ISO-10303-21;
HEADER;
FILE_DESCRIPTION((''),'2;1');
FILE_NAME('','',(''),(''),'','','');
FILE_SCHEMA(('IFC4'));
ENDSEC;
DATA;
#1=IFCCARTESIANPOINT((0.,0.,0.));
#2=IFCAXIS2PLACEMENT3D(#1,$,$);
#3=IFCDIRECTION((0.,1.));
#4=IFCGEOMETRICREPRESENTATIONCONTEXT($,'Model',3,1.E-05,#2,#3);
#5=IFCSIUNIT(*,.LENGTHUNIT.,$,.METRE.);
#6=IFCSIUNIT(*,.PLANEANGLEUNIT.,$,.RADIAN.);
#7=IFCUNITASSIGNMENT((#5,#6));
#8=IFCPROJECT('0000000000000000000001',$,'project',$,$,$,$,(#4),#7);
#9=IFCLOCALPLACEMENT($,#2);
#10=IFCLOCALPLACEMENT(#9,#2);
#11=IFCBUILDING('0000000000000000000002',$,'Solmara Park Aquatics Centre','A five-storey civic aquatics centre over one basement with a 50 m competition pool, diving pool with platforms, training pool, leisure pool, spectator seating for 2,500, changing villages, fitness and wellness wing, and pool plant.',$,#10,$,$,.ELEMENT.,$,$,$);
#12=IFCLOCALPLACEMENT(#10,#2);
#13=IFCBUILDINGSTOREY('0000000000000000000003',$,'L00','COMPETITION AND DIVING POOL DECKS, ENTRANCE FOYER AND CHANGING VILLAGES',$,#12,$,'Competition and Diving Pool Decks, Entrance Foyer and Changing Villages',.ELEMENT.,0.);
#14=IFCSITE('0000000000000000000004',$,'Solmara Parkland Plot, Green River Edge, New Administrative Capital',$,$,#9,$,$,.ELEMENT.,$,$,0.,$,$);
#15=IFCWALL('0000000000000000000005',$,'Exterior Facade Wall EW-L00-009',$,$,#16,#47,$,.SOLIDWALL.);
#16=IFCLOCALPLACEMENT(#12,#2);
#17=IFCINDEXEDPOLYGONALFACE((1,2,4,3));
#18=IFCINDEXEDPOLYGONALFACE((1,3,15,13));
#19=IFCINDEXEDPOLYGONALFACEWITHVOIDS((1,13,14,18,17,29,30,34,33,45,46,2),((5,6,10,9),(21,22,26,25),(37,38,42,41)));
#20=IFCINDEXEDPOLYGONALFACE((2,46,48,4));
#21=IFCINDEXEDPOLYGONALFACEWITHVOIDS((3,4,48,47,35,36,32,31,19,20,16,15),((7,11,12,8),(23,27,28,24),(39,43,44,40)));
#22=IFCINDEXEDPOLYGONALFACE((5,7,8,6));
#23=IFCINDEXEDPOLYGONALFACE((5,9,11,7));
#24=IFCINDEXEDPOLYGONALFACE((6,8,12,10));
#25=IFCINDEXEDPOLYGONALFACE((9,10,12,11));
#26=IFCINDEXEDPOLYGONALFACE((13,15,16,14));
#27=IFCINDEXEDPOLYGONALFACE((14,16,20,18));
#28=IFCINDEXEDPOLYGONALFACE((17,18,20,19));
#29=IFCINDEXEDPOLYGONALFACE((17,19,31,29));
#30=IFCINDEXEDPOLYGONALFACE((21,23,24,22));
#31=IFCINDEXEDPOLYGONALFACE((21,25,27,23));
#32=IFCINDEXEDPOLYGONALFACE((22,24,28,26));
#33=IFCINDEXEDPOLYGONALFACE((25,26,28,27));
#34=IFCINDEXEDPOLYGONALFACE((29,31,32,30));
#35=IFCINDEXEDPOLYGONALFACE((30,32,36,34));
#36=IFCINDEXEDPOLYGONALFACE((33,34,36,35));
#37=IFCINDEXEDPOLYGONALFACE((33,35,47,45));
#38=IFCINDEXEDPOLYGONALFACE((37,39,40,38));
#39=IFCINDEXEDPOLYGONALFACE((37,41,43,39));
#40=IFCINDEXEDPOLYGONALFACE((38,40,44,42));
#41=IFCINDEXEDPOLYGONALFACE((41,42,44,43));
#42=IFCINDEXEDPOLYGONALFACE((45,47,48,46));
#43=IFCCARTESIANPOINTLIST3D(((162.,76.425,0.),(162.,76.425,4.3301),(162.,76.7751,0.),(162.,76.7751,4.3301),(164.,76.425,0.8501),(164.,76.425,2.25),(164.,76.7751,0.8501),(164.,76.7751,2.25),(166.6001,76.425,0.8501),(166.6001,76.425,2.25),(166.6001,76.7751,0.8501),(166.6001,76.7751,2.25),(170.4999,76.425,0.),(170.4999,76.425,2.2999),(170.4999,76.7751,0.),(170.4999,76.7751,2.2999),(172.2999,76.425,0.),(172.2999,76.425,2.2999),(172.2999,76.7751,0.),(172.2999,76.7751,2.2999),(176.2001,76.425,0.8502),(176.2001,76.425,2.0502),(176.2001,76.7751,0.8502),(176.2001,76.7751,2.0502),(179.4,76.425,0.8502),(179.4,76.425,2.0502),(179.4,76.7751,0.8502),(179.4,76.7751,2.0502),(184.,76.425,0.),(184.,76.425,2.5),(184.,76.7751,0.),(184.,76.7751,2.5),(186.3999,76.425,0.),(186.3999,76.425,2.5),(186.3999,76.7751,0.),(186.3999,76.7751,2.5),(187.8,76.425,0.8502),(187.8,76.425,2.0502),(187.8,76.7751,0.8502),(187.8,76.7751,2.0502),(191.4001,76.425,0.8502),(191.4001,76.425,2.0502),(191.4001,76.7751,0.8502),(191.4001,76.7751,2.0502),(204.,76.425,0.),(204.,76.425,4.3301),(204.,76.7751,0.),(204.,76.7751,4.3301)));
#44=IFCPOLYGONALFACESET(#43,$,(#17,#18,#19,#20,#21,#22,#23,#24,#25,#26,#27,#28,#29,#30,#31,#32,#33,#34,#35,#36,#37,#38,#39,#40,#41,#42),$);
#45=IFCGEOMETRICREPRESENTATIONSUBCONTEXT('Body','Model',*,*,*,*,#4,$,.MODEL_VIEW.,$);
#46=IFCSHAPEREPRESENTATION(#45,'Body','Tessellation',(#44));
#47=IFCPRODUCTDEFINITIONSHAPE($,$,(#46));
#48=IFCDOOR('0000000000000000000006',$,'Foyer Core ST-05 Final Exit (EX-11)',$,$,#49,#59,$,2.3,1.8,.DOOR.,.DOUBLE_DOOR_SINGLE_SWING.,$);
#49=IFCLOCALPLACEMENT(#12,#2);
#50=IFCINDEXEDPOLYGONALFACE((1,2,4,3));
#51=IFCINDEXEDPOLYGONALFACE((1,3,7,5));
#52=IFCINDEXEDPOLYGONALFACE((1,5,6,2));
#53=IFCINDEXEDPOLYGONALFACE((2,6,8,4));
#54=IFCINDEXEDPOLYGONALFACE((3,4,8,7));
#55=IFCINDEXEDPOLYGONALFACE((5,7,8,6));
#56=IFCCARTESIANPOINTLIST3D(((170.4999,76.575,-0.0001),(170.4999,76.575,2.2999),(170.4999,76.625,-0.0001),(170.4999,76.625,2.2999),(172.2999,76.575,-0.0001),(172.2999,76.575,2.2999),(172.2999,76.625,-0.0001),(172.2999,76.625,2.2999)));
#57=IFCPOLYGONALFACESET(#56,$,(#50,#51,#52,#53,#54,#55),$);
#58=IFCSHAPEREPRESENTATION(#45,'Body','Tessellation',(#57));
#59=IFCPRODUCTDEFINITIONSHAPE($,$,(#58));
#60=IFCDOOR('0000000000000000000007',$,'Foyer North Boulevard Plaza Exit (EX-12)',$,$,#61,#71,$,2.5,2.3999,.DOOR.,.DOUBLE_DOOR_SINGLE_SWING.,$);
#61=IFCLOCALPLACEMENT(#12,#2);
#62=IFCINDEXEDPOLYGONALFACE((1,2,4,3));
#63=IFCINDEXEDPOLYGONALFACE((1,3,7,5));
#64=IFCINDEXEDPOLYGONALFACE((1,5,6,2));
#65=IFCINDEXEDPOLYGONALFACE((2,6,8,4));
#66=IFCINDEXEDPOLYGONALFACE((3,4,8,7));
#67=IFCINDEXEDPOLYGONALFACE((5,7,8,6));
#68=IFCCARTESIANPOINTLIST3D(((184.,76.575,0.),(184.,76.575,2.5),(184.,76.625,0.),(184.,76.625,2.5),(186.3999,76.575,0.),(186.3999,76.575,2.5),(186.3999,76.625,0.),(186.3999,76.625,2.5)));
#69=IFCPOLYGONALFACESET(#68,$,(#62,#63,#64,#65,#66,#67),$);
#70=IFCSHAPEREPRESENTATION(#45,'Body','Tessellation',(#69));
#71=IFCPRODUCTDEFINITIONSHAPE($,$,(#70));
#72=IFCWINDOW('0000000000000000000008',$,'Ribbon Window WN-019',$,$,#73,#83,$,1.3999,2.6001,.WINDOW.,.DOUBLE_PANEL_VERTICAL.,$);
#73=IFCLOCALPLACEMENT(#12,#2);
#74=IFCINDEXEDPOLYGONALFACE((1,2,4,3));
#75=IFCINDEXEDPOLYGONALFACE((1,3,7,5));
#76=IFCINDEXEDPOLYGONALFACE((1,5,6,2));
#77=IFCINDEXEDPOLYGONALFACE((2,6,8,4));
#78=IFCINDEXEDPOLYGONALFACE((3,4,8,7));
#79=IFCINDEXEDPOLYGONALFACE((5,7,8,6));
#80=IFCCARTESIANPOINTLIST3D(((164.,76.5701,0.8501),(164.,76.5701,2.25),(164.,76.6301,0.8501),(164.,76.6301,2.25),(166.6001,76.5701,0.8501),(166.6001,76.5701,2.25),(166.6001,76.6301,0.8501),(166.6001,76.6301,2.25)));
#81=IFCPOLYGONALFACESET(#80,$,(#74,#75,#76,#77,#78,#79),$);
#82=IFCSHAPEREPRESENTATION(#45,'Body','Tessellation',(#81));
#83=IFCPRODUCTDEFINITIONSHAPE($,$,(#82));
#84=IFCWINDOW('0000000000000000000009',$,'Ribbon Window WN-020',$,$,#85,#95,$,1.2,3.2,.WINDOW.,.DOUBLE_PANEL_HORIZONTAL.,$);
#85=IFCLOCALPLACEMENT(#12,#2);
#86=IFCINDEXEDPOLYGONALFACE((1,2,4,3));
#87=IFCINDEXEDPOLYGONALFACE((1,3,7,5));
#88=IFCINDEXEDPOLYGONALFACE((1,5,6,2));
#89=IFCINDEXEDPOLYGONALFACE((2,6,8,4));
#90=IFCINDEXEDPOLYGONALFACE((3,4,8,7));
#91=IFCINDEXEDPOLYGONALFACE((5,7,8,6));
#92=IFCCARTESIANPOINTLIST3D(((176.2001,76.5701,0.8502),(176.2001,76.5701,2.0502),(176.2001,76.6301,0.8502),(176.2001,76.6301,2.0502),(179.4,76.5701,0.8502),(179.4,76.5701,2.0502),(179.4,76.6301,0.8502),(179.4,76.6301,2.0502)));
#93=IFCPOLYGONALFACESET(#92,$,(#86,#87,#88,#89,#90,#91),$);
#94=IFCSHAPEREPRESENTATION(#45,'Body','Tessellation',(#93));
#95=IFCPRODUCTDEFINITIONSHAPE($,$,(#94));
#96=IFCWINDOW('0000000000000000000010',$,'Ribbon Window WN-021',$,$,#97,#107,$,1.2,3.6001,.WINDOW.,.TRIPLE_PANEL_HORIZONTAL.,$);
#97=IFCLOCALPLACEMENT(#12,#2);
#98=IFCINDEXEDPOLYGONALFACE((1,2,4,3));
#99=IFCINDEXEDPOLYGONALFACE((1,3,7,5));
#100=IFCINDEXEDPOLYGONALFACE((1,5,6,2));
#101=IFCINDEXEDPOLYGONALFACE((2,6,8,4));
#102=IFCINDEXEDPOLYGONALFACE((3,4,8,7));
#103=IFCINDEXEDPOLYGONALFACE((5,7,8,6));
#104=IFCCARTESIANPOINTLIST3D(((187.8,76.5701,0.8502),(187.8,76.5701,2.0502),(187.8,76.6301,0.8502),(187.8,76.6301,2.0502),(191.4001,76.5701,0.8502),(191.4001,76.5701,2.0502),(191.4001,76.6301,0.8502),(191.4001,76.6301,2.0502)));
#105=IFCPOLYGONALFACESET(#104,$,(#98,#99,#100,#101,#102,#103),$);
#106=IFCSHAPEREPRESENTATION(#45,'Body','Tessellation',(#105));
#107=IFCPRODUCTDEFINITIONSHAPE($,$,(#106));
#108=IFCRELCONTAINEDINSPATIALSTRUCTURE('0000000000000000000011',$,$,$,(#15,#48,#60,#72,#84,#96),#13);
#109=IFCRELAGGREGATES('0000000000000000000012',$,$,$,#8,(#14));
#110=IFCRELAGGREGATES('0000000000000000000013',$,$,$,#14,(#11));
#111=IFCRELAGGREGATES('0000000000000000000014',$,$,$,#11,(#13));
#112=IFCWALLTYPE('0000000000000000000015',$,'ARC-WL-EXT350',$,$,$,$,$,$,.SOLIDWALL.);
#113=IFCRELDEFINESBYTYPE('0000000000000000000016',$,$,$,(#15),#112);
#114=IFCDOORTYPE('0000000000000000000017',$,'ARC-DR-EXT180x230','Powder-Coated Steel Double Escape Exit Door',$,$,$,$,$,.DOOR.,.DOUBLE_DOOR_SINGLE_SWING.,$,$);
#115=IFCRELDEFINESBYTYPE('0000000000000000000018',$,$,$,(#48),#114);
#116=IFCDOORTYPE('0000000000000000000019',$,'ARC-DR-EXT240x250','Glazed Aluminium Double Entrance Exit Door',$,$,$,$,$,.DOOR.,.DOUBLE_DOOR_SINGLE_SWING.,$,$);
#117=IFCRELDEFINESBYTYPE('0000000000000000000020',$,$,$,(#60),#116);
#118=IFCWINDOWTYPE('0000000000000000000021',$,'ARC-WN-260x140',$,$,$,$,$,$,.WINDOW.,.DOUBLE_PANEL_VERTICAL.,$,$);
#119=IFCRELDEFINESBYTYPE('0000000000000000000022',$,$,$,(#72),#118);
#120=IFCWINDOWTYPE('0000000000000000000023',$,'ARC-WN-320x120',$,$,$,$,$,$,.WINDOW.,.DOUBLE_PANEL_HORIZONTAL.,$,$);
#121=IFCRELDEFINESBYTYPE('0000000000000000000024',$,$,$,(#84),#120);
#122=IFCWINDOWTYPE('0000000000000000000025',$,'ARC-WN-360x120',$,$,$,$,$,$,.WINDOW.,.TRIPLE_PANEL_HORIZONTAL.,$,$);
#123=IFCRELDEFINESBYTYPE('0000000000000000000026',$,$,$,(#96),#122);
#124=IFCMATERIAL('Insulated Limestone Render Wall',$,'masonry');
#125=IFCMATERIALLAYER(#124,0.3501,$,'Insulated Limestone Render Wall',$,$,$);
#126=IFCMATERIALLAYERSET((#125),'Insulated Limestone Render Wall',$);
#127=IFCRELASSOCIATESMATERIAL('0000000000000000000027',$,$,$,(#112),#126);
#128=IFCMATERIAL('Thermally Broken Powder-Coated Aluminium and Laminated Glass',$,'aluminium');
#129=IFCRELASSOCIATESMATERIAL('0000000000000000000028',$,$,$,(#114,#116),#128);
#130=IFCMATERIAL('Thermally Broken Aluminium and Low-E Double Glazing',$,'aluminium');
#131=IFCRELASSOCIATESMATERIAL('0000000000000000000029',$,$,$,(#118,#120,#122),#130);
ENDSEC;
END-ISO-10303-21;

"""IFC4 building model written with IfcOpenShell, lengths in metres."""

from ifc_helpers import new_model, si_unit, direction, frame, frame_2d, origin, place, context, subcontext, project, spatial, rectangle, extrude, material, layer, layer_set, type_object, element, fill, save


model = new_model("IFC4")

# Units and contexts
model_context = context("Model", 3, precision=1e-05, world=origin(), true_north=direction((0.0, 1.0)))
body_context = subcontext(model_context, "Body", "Model", "MODEL_VIEW")
ifc_project = project(units=[si_unit("LENGTHUNIT", "METRE"), si_unit("PLANEANGLEUNIT", "RADIAN")], contexts=[model_context])

# Site, building, storey
site_placement = place(None, origin())
site = spatial("IfcSite", under=ifc_project, at=site_placement, Name="Solmara Parkland Plot, Green River Edge, New Administrative Capital", CompositionType="ELEMENT", RefElevation=0.0)
building_placement = place(site_placement, origin())
building = spatial("IfcBuilding", under=site, at=building_placement, Name="Solmara Park Aquatics Centre", Description="A five-storey civic aquatics centre over one basement with a 50 m competition pool, diving pool with platforms, training pool, leisure pool, spectator seating for 2,500, changing villages, fitness and wellness wing, and pool plant.", CompositionType="ELEMENT")
storey_placement = place(building_placement, origin())
storey = spatial("IfcBuildingStorey", under=building, at=storey_placement, Name="L00", Description="COMPETITION AND DIVING POOL DECKS, ENTRANCE FOYER AND CHANGING VILLAGES", LongName="Competition and Diving Pool Decks, Entrance Foyer and Changing Villages", CompositionType="ELEMENT", Elevation=0.0)

# Wall, openings, doors, windows
ifc_material_1 = material(Name="Insulated Limestone Render Wall", Category="masonry")
ifc_layer_1 = layer(ifc_material_1, 0.3501, Name="Insulated Limestone Render Wall")
ifc_layer_set_1 = layer_set([ifc_layer_1], Name="Insulated Limestone Render Wall")
wall_type = type_object("IfcWallType", Name="ARC-WL-EXT350", PredefinedType="SOLIDWALL", material=ifc_layer_set_1)
wall_placement = place(storey_placement, frame((162.0, 76.6001, 0.0), z_axis=(0.0, 0.0, 1.0), x_axis=(1.0, 0.0, 0.0)))
wall = element("IfcWall", 1, at=wall_placement, inside=storey, type_object=wall_type, Name="Exterior Facade Wall EW-L00-009", PredefinedType="SOLIDWALL", context=body_context, shape_type="SweptSolid", body=[
    extrude(rectangle(XDim=42.0, YDim=0.3501, at=frame_2d((21.0, 0.0))), origin(), (0.0, 0.0, 1.0), 4.3301),
])
opening_1_placement = place(wall_placement, frame((8.5, 0.0, 0.0)))
opening_1 = element("IfcOpeningElement", 2, at=opening_1_placement, cuts=wall, PredefinedType="OPENING", context=body_context, shape_type="SweptSolid", body=[
    extrude(rectangle(XDim=1.8, YDim=2.3, at=frame_2d((0.8999, 1.1499))), frame((0.0, 0.1851, 0.0), z_axis=(0.0, -1.0, 0.0), x_axis=(1.0, 0.0, 0.0)), (0.0, 0.0, 1.0), 0.3701),
])
opening_2_placement = place(wall_placement, frame((22.0, 0.0, 0.0)))
opening_2 = element("IfcOpeningElement", 3, at=opening_2_placement, cuts=wall, PredefinedType="OPENING", context=body_context, shape_type="SweptSolid", body=[
    extrude(rectangle(XDim=2.3999, YDim=2.5, at=frame_2d((1.2, 1.25))), frame((0.0, 0.1851, 0.0), z_axis=(0.0, -1.0, 0.0), x_axis=(1.0, 0.0, 0.0)), (0.0, 0.0, 1.0), 0.3701),
])
opening_3_placement = place(wall_placement, frame((2.0, 0.0, 0.8501)))
opening_3 = element("IfcOpeningElement", 4, at=opening_3_placement, cuts=wall, PredefinedType="OPENING", context=body_context, shape_type="SweptSolid", body=[
    extrude(rectangle(XDim=2.6001, YDim=1.3999, at=frame_2d((1.3, 0.7))), frame((0.0, 0.1851, 0.0), z_axis=(0.0, -1.0, 0.0), x_axis=(1.0, 0.0, 0.0)), (0.0, 0.0, 1.0), 0.3701),
])
opening_4_placement = place(wall_placement, frame((14.2, 0.0, 0.8501)))
opening_4 = element("IfcOpeningElement", 5, at=opening_4_placement, cuts=wall, PredefinedType="OPENING", context=body_context, shape_type="SweptSolid", body=[
    extrude(rectangle(XDim=3.2, YDim=1.2, at=frame_2d((1.6001, 0.6001))), frame((0.0, 0.1851, 0.0), z_axis=(0.0, -1.0, 0.0), x_axis=(1.0, 0.0, 0.0)), (0.0, 0.0, 1.0), 0.3701),
])
opening_5_placement = place(wall_placement, frame((25.8, 0.0, 0.8501)))
opening_5 = element("IfcOpeningElement", 6, at=opening_5_placement, cuts=wall, PredefinedType="OPENING", context=body_context, shape_type="SweptSolid", body=[
    extrude(rectangle(XDim=3.6001, YDim=1.2, at=frame_2d((1.8, 0.6001))), frame((0.0, 0.1851, 0.0), z_axis=(0.0, -1.0, 0.0), x_axis=(1.0, 0.0, 0.0)), (0.0, 0.0, 1.0), 0.3701),
])
ifc_material_2 = material(Name="Thermally Broken Powder-Coated Aluminium and Laminated Glass", Category="aluminium")
door_type_1 = type_object("IfcDoorType", Name="ARC-DR-EXT180x230", Description="Powder-Coated Steel Double Escape Exit Door", OperationType="DOUBLE_DOOR_SINGLE_SWING", PredefinedType="DOOR", material=ifc_material_2)
door_1_placement = place(opening_1_placement, origin())
door_1 = element("IfcDoor", 7, at=door_1_placement, inside=storey, type_object=door_type_1, Name="Foyer Core ST-05 Final Exit (EX-11)", OperationType="DOUBLE_DOOR_SINGLE_SWING", OverallHeight=2.3, OverallWidth=1.8, PredefinedType="DOOR", context=body_context, shape_type="SweptSolid", body=[
    extrude(rectangle(XDim=1.8, YDim=2.3, at=frame_2d((0.8999, 1.1499))), frame((0.0, 0.0249, 0.0), z_axis=(0.0, -1.0, 0.0), x_axis=(1.0, 0.0, 0.0)), (0.0, 0.0, 1.0), 0.05),
])
fill(opening_1, door_1)
door_type_2 = type_object("IfcDoorType", Name="ARC-DR-EXT240x250", Description="Glazed Aluminium Double Entrance Exit Door", OperationType="DOUBLE_DOOR_SINGLE_SWING", PredefinedType="DOOR", material=ifc_material_2)
door_2_placement = place(opening_2_placement, origin())
door_2 = element("IfcDoor", 8, at=door_2_placement, inside=storey, type_object=door_type_2, Name="Foyer North Boulevard Plaza Exit (EX-12)", OperationType="DOUBLE_DOOR_SINGLE_SWING", OverallHeight=2.5, OverallWidth=2.3999, PredefinedType="DOOR", context=body_context, shape_type="SweptSolid", body=[
    extrude(rectangle(XDim=2.3999, YDim=2.5, at=frame_2d((1.2, 1.25))), frame((0.0, 0.0249, 0.0), z_axis=(0.0, -1.0, 0.0), x_axis=(1.0, 0.0, 0.0)), (0.0, 0.0, 1.0), 0.05),
])
fill(opening_2, door_2)
ifc_material_3 = material(Name="Thermally Broken Aluminium and Low-E Double Glazing", Category="aluminium")
window_type_1 = type_object("IfcWindowType", Name="ARC-WN-260x140", PartitioningType="DOUBLE_PANEL_VERTICAL", PredefinedType="WINDOW", material=ifc_material_3)
window_1_placement = place(opening_3_placement, origin())
window_1 = element("IfcWindow", 9, at=window_1_placement, inside=storey, type_object=window_type_1, Name="Ribbon Window WN-019", OverallHeight=1.3999, OverallWidth=2.6001, PartitioningType="DOUBLE_PANEL_VERTICAL", PredefinedType="WINDOW", context=body_context, shape_type="SweptSolid", body=[
    extrude(rectangle(XDim=2.6001, YDim=1.3999, at=frame_2d((1.3, 0.7))), frame((0.0, 0.03, 0.0), z_axis=(0.0, -1.0, 0.0), x_axis=(1.0, 0.0, 0.0)), (0.0, 0.0, 1.0), 0.0601),
])
fill(opening_3, window_1)
window_type_2 = type_object("IfcWindowType", Name="ARC-WN-320x120", PartitioningType="DOUBLE_PANEL_HORIZONTAL", PredefinedType="WINDOW", material=ifc_material_3)
window_2_placement = place(opening_4_placement, origin())
window_2 = element("IfcWindow", 10, at=window_2_placement, inside=storey, type_object=window_type_2, Name="Ribbon Window WN-020", OverallHeight=1.2, OverallWidth=3.2, PartitioningType="DOUBLE_PANEL_HORIZONTAL", PredefinedType="WINDOW", context=body_context, shape_type="SweptSolid", body=[
    extrude(rectangle(XDim=3.2, YDim=1.2, at=frame_2d((1.6001, 0.6001))), frame((0.0, 0.03, 0.0), z_axis=(0.0, -1.0, 0.0), x_axis=(1.0, 0.0, 0.0)), (0.0, 0.0, 1.0), 0.0601),
])
fill(opening_4, window_2)
window_type_3 = type_object("IfcWindowType", Name="ARC-WN-360x120", PartitioningType="TRIPLE_PANEL_HORIZONTAL", PredefinedType="WINDOW", material=ifc_material_3)
window_3_placement = place(opening_5_placement, origin())
window_3 = element("IfcWindow", 11, at=window_3_placement, inside=storey, type_object=window_type_3, Name="Ribbon Window WN-021", OverallHeight=1.2, OverallWidth=3.6001, PartitioningType="TRIPLE_PANEL_HORIZONTAL", PredefinedType="WINDOW", context=body_context, shape_type="SweptSolid", body=[
    extrude(rectangle(XDim=3.6001, YDim=1.2, at=frame_2d((1.8, 0.6001))), frame((0.0, 0.03, 0.0), z_axis=(0.0, -1.0, 0.0), x_axis=(1.0, 0.0, 0.0)), (0.0, 0.0, 1.0), 0.0601),
])
fill(opening_5, window_3)

save(model, "model.ifc")
